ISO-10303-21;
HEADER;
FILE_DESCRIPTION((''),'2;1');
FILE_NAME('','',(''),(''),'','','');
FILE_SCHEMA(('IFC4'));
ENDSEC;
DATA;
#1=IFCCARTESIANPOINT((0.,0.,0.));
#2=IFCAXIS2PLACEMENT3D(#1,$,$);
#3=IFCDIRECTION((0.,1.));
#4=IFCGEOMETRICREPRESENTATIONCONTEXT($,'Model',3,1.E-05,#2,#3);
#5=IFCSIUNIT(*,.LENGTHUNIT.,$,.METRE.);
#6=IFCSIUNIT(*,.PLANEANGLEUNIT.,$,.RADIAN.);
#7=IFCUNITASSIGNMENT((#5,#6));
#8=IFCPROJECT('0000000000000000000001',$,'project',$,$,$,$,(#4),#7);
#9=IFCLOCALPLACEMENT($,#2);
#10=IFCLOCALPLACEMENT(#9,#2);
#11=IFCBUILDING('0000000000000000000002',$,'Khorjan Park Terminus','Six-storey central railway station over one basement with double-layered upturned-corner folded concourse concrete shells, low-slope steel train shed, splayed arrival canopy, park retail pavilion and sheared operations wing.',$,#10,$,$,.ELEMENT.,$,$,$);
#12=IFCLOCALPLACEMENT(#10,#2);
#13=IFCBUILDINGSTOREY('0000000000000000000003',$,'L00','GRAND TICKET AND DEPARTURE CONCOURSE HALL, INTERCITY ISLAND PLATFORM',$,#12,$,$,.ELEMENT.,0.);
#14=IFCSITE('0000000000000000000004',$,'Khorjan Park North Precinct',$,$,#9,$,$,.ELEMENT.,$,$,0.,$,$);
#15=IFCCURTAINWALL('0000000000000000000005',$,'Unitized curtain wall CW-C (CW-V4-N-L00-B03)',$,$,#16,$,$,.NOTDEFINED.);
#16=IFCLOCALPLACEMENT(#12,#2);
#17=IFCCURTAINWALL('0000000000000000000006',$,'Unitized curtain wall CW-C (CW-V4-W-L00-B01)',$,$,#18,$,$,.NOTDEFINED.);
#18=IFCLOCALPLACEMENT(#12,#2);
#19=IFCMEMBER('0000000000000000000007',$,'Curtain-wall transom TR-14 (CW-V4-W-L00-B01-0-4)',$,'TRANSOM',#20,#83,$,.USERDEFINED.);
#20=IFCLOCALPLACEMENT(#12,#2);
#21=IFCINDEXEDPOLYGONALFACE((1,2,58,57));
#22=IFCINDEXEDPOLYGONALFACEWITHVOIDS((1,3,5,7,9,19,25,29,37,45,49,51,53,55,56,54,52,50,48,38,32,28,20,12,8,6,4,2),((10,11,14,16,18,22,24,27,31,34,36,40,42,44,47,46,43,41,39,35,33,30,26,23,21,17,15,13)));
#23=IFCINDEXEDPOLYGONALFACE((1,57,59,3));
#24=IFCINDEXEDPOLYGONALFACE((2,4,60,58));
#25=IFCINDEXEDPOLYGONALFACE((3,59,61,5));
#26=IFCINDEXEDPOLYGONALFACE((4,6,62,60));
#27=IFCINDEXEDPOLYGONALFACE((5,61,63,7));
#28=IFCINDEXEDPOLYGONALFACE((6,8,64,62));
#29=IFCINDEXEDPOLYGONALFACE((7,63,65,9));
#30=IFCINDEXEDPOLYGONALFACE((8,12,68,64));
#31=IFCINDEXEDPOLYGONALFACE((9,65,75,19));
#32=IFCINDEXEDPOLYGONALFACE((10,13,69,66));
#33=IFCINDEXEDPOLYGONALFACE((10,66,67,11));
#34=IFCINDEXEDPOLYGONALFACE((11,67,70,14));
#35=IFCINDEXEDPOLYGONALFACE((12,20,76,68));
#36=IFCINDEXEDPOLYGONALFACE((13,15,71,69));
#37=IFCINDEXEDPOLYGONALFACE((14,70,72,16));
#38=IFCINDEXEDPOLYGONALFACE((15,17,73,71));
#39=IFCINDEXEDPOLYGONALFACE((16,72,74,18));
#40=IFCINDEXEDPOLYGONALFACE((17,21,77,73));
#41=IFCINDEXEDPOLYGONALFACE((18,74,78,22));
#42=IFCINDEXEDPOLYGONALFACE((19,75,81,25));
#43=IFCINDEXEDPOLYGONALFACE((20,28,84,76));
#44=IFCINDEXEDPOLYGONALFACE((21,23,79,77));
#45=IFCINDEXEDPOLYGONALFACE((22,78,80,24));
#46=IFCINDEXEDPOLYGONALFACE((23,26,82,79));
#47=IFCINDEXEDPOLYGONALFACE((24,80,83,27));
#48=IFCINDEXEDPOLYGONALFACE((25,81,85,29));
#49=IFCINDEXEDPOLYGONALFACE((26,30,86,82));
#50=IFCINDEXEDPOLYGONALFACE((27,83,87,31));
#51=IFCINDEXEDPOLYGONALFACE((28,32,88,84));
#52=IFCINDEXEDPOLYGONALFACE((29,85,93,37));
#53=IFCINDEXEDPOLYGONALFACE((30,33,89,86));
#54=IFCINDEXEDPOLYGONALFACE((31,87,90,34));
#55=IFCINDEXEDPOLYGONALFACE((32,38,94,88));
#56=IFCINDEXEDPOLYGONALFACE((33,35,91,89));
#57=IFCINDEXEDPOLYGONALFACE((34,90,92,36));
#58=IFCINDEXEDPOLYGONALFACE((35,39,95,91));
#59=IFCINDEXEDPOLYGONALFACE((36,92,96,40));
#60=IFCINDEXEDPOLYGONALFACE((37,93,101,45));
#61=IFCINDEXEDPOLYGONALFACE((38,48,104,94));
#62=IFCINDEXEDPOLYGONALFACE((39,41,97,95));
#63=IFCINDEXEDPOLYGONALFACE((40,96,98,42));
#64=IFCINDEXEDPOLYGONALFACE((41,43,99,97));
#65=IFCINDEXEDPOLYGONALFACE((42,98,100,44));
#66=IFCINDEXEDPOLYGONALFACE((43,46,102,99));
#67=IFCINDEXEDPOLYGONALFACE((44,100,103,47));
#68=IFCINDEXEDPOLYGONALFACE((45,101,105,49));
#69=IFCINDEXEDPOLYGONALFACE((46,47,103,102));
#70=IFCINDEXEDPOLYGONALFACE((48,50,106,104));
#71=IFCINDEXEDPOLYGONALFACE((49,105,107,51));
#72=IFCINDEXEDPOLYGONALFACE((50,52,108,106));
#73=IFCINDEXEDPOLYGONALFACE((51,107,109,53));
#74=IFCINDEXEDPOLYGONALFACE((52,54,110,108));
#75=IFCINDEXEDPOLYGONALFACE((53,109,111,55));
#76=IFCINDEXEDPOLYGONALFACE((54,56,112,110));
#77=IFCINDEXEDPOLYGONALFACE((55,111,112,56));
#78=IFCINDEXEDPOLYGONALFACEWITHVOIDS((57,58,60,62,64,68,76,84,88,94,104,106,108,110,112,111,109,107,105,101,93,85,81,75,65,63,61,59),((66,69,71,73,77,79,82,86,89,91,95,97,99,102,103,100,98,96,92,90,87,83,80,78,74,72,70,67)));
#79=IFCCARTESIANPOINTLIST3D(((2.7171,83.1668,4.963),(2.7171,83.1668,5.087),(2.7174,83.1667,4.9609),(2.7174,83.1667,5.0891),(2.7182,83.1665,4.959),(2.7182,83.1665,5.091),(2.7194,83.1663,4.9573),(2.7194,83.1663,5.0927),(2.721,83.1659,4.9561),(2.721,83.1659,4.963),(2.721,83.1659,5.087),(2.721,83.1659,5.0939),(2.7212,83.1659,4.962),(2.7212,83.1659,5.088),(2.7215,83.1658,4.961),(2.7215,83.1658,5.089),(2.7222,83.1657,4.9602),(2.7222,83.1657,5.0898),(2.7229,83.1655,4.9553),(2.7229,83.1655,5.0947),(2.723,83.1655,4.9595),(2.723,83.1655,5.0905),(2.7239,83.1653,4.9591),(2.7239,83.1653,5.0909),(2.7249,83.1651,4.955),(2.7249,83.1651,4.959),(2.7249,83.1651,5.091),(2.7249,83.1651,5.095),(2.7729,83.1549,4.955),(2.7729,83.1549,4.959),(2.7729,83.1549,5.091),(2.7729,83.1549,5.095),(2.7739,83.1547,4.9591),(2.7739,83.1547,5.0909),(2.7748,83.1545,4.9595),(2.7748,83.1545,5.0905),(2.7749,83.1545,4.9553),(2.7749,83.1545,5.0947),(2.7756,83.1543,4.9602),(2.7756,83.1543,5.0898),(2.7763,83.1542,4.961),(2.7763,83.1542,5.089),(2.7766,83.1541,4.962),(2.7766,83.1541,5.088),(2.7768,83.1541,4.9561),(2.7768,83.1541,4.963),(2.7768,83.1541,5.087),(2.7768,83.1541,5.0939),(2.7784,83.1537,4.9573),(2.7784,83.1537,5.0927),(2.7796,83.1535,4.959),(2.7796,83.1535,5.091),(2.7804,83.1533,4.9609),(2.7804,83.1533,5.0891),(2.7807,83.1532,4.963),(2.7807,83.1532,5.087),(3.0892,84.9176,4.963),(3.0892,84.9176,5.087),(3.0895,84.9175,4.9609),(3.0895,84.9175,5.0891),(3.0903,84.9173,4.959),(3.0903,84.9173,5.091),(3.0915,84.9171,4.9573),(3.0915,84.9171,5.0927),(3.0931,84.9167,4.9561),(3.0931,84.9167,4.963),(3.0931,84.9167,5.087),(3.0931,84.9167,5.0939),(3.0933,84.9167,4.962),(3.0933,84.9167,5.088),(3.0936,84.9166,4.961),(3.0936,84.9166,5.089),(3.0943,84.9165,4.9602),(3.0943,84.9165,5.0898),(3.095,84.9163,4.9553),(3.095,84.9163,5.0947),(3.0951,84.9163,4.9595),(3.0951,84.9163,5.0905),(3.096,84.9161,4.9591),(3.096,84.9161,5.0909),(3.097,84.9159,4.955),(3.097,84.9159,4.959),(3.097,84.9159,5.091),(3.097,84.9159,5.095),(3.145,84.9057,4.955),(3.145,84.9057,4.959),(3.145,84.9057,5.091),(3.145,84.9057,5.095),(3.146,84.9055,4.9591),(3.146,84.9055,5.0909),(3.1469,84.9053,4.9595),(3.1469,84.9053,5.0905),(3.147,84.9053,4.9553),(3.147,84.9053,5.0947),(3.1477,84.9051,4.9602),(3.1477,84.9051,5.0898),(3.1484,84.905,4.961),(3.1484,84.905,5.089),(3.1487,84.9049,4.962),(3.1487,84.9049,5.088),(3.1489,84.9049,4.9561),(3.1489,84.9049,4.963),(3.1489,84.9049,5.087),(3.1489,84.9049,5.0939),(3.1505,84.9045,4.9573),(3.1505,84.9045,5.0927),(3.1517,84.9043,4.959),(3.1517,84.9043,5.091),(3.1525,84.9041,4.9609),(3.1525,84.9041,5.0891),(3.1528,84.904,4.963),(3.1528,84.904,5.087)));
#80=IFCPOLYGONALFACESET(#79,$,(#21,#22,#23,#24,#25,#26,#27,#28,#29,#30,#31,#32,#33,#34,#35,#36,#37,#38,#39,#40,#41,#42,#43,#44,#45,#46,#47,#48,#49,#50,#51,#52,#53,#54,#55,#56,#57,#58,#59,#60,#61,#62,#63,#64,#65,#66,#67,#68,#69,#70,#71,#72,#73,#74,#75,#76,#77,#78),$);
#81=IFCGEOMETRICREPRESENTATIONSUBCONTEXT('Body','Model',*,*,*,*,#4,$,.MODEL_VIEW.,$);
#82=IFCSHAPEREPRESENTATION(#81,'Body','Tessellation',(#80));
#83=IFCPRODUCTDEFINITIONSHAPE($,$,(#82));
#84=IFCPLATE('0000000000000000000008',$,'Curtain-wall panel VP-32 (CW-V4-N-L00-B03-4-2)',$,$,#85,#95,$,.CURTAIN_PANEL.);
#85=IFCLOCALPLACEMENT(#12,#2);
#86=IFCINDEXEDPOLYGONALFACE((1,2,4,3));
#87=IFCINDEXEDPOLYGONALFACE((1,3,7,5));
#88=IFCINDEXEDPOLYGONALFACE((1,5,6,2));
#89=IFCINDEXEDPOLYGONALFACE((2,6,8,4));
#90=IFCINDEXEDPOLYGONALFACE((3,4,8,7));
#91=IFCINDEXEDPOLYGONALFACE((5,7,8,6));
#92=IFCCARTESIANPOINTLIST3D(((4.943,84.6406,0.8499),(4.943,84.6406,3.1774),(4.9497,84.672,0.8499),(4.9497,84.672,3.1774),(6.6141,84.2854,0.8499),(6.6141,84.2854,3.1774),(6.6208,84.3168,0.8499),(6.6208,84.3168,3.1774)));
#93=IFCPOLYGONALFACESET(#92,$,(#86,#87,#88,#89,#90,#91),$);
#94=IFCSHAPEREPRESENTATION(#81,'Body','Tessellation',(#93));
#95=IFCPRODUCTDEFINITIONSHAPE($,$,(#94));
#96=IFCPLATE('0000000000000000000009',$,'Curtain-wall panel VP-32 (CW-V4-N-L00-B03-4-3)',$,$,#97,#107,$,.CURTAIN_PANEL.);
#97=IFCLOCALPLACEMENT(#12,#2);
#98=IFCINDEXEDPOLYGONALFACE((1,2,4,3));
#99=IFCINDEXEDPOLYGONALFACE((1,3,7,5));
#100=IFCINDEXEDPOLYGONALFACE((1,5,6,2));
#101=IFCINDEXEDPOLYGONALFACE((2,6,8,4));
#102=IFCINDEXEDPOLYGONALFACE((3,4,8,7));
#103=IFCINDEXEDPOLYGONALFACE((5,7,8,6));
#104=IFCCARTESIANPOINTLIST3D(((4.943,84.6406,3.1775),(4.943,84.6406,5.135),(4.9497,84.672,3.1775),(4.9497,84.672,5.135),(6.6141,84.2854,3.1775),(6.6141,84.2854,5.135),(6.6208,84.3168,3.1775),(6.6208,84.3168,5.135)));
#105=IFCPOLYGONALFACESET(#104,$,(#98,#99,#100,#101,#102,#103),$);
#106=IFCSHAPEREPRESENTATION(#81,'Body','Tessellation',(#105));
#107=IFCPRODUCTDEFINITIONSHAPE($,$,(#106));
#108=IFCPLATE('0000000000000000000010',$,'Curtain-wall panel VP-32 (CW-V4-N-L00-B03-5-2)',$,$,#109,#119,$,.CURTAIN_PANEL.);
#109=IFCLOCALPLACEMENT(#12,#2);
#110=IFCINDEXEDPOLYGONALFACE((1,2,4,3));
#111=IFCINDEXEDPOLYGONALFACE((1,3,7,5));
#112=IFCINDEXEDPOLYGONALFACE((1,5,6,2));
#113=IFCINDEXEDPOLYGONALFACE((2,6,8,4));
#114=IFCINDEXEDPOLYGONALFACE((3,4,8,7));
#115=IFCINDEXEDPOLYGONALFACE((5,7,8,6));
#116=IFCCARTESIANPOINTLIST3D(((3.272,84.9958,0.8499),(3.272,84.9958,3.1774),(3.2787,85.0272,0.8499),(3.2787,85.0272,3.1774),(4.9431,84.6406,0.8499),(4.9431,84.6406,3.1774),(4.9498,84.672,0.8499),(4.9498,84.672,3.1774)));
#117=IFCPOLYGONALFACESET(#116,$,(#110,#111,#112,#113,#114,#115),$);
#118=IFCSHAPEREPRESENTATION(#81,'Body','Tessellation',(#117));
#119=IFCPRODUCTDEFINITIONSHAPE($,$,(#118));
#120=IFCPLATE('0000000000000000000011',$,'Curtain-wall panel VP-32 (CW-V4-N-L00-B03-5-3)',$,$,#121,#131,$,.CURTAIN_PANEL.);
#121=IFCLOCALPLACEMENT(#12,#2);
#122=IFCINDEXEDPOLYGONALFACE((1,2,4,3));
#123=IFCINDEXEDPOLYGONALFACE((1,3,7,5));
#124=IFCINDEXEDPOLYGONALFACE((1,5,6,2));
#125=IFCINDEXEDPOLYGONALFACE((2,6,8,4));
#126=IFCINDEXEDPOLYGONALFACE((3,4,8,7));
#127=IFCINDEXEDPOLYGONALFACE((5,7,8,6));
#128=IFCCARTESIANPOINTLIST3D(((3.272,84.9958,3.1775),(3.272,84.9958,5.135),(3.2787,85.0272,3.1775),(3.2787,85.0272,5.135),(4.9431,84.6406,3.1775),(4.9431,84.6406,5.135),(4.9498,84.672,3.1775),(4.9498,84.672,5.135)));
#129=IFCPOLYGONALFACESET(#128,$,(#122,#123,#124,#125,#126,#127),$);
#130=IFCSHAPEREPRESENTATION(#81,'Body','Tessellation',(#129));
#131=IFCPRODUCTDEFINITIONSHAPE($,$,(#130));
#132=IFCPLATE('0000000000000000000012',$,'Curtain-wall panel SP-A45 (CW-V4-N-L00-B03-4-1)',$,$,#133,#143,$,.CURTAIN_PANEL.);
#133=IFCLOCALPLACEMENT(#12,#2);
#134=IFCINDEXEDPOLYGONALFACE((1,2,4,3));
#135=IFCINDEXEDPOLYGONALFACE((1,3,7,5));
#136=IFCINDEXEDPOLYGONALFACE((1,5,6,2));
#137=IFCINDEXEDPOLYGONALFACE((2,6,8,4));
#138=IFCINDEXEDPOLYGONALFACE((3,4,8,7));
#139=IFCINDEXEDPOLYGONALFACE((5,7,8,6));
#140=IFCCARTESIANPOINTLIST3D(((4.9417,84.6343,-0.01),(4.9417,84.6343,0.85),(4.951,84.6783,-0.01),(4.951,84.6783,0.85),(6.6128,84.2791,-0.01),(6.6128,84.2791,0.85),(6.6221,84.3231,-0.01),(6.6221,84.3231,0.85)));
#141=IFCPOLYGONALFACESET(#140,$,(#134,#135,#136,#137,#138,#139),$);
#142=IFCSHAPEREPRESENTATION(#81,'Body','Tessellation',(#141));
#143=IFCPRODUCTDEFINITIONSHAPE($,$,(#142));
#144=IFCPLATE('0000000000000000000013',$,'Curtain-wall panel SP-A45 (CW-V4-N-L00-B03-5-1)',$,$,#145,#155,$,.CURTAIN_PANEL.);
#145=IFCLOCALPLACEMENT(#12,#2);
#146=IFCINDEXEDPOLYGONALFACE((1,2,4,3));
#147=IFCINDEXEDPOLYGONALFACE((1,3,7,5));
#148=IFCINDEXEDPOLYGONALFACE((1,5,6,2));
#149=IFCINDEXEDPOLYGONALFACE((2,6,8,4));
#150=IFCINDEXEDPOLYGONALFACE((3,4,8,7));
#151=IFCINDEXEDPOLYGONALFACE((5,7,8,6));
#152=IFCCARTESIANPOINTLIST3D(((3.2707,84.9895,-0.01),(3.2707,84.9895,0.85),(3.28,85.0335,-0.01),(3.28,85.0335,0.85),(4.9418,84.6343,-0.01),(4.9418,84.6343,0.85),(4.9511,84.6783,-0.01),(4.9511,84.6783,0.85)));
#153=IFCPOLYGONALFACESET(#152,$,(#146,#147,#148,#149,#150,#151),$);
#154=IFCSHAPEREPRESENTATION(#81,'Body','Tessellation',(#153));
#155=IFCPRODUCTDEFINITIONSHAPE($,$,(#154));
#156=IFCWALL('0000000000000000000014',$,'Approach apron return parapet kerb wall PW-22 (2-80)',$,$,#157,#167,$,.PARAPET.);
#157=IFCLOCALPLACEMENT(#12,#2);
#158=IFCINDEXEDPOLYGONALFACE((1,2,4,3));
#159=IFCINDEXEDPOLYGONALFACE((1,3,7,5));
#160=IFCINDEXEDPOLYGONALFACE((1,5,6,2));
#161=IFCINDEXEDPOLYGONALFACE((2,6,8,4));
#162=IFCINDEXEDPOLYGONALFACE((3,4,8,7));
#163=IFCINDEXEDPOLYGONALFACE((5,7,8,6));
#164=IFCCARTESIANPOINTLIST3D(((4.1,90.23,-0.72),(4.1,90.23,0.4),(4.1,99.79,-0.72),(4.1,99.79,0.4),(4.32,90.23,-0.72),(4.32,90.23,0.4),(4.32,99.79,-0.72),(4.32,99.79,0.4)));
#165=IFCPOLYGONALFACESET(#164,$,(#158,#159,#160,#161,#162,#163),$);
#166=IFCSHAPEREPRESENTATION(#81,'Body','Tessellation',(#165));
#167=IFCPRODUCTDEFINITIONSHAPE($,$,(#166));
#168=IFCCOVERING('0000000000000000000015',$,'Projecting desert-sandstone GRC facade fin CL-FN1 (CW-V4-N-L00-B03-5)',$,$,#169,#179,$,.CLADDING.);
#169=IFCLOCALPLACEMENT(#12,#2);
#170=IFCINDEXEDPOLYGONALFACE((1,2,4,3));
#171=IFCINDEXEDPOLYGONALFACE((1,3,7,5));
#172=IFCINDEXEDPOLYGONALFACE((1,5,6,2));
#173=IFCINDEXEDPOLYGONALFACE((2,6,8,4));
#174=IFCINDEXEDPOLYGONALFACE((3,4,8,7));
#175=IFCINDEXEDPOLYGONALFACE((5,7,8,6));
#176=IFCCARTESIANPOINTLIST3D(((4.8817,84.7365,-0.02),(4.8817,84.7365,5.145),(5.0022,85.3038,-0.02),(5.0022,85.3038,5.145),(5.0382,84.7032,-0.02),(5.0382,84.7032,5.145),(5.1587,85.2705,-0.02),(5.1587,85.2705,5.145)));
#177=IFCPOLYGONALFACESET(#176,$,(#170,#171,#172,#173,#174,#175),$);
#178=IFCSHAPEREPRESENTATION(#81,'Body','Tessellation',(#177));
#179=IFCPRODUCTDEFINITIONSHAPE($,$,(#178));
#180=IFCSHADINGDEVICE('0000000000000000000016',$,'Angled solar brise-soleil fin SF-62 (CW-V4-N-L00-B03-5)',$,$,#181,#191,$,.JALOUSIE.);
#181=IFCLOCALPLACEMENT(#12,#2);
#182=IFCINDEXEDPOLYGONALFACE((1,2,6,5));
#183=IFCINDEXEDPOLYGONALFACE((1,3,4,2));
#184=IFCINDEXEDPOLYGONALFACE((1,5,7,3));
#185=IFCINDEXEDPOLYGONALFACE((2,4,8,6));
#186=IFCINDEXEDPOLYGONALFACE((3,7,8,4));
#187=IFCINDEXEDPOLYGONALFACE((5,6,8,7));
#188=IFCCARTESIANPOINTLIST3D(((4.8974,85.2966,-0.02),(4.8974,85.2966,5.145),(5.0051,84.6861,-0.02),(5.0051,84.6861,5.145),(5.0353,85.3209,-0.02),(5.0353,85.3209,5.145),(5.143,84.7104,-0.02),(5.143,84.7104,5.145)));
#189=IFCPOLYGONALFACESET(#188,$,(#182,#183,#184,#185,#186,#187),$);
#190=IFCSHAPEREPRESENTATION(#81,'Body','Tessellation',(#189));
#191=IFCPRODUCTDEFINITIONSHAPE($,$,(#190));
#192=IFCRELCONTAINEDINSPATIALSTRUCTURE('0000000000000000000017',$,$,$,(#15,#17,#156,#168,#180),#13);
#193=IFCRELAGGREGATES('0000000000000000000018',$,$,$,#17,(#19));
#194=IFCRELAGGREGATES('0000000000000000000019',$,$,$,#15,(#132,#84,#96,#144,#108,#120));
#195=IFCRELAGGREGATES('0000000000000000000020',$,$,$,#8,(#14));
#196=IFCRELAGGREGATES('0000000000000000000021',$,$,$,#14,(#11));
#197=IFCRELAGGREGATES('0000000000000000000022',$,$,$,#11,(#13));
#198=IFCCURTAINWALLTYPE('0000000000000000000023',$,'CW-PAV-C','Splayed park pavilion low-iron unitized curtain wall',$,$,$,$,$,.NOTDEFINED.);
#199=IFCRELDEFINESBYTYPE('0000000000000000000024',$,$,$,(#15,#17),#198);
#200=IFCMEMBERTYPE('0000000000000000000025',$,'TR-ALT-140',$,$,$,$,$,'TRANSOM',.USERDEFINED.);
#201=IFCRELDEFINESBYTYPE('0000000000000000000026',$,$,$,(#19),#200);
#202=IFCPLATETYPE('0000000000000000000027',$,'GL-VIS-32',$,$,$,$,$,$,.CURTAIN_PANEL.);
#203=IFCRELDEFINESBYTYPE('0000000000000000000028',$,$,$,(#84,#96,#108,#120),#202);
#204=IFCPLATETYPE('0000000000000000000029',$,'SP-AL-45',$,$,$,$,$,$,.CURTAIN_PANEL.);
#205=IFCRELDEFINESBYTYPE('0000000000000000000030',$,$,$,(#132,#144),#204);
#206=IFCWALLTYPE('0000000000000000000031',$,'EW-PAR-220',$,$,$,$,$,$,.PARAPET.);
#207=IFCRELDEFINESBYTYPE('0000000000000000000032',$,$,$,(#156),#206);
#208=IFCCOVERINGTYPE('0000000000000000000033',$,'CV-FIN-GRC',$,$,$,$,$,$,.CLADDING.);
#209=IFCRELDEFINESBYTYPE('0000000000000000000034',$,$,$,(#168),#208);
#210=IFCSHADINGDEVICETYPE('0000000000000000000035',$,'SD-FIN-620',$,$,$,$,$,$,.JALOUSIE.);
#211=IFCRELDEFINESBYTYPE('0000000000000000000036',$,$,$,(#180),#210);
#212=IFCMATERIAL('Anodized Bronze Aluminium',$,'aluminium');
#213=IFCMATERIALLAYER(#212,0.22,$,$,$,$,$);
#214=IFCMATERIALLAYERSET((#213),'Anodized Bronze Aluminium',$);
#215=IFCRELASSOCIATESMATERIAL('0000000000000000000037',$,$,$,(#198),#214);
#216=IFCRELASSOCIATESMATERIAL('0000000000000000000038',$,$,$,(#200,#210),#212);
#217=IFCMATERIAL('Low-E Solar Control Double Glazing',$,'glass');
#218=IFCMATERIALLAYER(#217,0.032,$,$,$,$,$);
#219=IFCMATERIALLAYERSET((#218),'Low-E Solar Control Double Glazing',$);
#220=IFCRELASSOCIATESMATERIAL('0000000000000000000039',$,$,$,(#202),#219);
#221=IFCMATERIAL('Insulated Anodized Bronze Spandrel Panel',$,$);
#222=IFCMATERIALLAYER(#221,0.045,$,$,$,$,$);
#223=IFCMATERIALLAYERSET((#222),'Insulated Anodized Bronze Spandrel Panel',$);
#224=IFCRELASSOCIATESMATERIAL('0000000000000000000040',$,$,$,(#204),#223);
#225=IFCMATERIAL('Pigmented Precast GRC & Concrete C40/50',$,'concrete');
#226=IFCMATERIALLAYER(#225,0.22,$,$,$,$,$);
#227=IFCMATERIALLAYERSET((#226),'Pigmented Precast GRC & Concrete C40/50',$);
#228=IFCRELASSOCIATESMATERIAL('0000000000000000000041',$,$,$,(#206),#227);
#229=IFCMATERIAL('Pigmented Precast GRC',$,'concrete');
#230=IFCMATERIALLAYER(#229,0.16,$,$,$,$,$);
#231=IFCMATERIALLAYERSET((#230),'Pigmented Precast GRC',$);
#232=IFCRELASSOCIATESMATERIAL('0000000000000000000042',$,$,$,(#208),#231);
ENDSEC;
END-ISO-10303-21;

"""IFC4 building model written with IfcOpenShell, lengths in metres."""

from ifc_helpers import new_model, si_unit, direction, frame, frame_2d, origin, origin_2d, place, context, subcontext, project, spatial, rectangle, hollow_rectangle, extrude, material, layer, layer_set, material_profile, profile_set, type_object, element, aggregate, save


model = new_model("IFC4")

# Units and contexts
model_context = context("Model", 3, precision=1e-05, world=origin(), true_north=direction((0.0, 1.0)))
body_context = subcontext(model_context, "Body", "Model", "MODEL_VIEW")
ifc_project = project(units=[si_unit("LENGTHUNIT", "METRE"), si_unit("PLANEANGLEUNIT", "RADIAN")], contexts=[model_context])

# Site, building, storey
site_placement = place(None, origin())
site = spatial("IfcSite", under=ifc_project, at=site_placement, Name="Khorjan Park North Precinct", CompositionType="ELEMENT", RefElevation=0.0)
building_placement = place(site_placement, origin())
building = spatial("IfcBuilding", under=site, at=building_placement, Name="Khorjan Park Terminus", Description="Six-storey central railway station over one basement with double-layered upturned-corner folded concourse concrete shells, low-slope steel train shed, splayed arrival canopy, park retail pavilion and sheared operations wing.", CompositionType="ELEMENT")
storey_placement = place(building_placement, origin())
storey = spatial("IfcBuildingStorey", under=building, at=storey_placement, Name="L00", Description="GRAND TICKET AND DEPARTURE CONCOURSE HALL, INTERCITY ISLAND PLATFORM", CompositionType="ELEMENT", Elevation=0.0)

# Curtain wall
ifc_material_1 = material(Name="Anodized Bronze Aluminium", Category="aluminium")
ifc_layer_1 = layer(ifc_material_1, 0.22)
ifc_layer_set_1 = layer_set([ifc_layer_1], Name="Anodized Bronze Aluminium")
curtain_wall_type = type_object("IfcCurtainWallType", Name="CW-PAV-C", Description="Splayed park pavilion low-iron unitized curtain wall", PredefinedType="NOTDEFINED", material=ifc_layer_set_1)
curtain_wall_1_placement = place(storey_placement, origin())
curtain_wall_1 = element("IfcCurtainWall", 1, at=curtain_wall_1_placement, inside=storey, type_object=curtain_wall_type, Name="Unitized curtain wall CW-C (CW-V4-N-L00-B03)", PredefinedType="NOTDEFINED")

# Curtain wall
curtain_wall_2_placement = place(storey_placement, origin())
curtain_wall_2 = element("IfcCurtainWall", 2, at=curtain_wall_2_placement, inside=storey, type_object=curtain_wall_type, Name="Unitized curtain wall CW-C (CW-V4-W-L00-B01)", PredefinedType="NOTDEFINED")

# Member
ifc_material_profile_1 = material_profile(ifc_material_1, hollow_rectangle(XDim=0.065, YDim=0.14, WallThickness=0.004, InnerFilletRadius=0.004, OuterFilletRadius=0.008, at=origin_2d()), Name="ALT 65x140x4")
ifc_profile_set_1 = profile_set([ifc_material_profile_1], Name="Anodized Bronze Aluminium")
member_type_1 = type_object("IfcMemberType", Name="TR-ALT-140", ElementType="TRANSOM", PredefinedType="USERDEFINED", material=ifc_profile_set_1)
member_1_placement = place(storey_placement, frame((3.121, 84.9108, 5.025), z_axis=(-0.207888, -0.978153, 0.0), x_axis=(0.978153, -0.207888, 0.0)))
member_1 = element("IfcMember", 3, at=member_1_placement, type_object=member_type_1, Name="Curtain-wall transom TR-14 (CW-V4-W-L00-B01-0-4)", ObjectType="TRANSOM", PredefinedType="USERDEFINED", context=body_context, shape_type="SweptSolid", body=[
    extrude(hollow_rectangle(XDim=0.065, YDim=0.14, WallThickness=0.004, InnerFilletRadius=0.004, OuterFilletRadius=0.008, at=origin_2d()), origin(), (0.0, 0.0, 1.0), 1.7899),
])
aggregate(curtain_wall_2, [member_1])

# Plates
ifc_material_2 = material(Name="Low-E Solar Control Double Glazing", Category="glass")
ifc_layer_2 = layer(ifc_material_2, 0.032)
ifc_layer_set_2 = layer_set([ifc_layer_2], Name="Low-E Solar Control Double Glazing")
plate_type_1 = type_object("IfcPlateType", Name="GL-VIS-32", PredefinedType="CURTAIN_PANEL", material=ifc_layer_set_2)
plate_1_placement = place(storey_placement, frame((5.7819, 84.4787, 0.8499), z_axis=(0.0, 0.0, 1.0), x_axis=(-0.978147, 0.207914, 0.0)))
plate_1 = element("IfcPlate", 4, at=plate_1_placement, type_object=plate_type_1, Name="Curtain-wall panel VP-32 (CW-V4-N-L00-B03-4-2)", PredefinedType="CURTAIN_PANEL", context=body_context, shape_type="SweptSolid", body=[
    extrude(rectangle(XDim=1.7084, YDim=0.032, at=origin_2d()), origin(), (0.0, 0.0, 1.0), 2.3275),
])
plate_2_placement = place(storey_placement, frame((5.7819, 84.4787, 3.1775), z_axis=(0.0, 0.0, 1.0), x_axis=(-0.978147, 0.207914, 0.0)))
plate_2 = element("IfcPlate", 5, at=plate_2_placement, type_object=plate_type_1, Name="Curtain-wall panel VP-32 (CW-V4-N-L00-B03-4-3)", PredefinedType="CURTAIN_PANEL", context=body_context, shape_type="SweptSolid", body=[
    extrude(rectangle(XDim=1.7084, YDim=0.032, at=origin_2d()), origin(), (0.0, 0.0, 1.0), 1.9575),
])
plate_3_placement = place(storey_placement, frame((4.1109, 84.8339, 0.8499), z_axis=(0.0, 0.0, 1.0), x_axis=(-0.978147, 0.207914, 0.0)))
plate_3 = element("IfcPlate", 6, at=plate_3_placement, type_object=plate_type_1, Name="Curtain-wall panel VP-32 (CW-V4-N-L00-B03-5-2)", PredefinedType="CURTAIN_PANEL", context=body_context, shape_type="SweptSolid", body=[
    extrude(rectangle(XDim=1.7084, YDim=0.032, at=origin_2d()), origin(), (0.0, 0.0, 1.0), 2.3275),
])
plate_4_placement = place(storey_placement, frame((4.1109, 84.8339, 3.1775), z_axis=(0.0, 0.0, 1.0), x_axis=(-0.978147, 0.207914, 0.0)))
plate_4 = element("IfcPlate", 7, at=plate_4_placement, type_object=plate_type_1, Name="Curtain-wall panel VP-32 (CW-V4-N-L00-B03-5-3)", PredefinedType="CURTAIN_PANEL", context=body_context, shape_type="SweptSolid", body=[
    extrude(rectangle(XDim=1.7084, YDim=0.032, at=origin_2d()), origin(), (0.0, 0.0, 1.0), 1.9575),
])
ifc_material_3 = material(Name="Insulated Anodized Bronze Spandrel Panel")
ifc_layer_3 = layer(ifc_material_3, 0.045)
ifc_layer_set_3 = layer_set([ifc_layer_3], Name="Insulated Anodized Bronze Spandrel Panel")
plate_type_2 = type_object("IfcPlateType", Name="SP-AL-45", PredefinedType="CURTAIN_PANEL", material=ifc_layer_set_3)
plate_5_placement = place(storey_placement, frame((5.7819, 84.4787, -0.01), z_axis=(0.0, 0.0, 1.0), x_axis=(-0.978147, 0.207914, 0.0)))
plate_5 = element("IfcPlate", 8, at=plate_5_placement, type_object=plate_type_2, Name="Curtain-wall panel SP-A45 (CW-V4-N-L00-B03-4-1)", PredefinedType="CURTAIN_PANEL", context=body_context, shape_type="SweptSolid", body=[
    extrude(rectangle(XDim=1.7084, YDim=0.045, at=origin_2d()), origin(), (0.0, 0.0, 1.0), 0.86),
])
plate_6_placement = place(storey_placement, frame((4.1109, 84.8339, -0.01), z_axis=(0.0, 0.0, 1.0), x_axis=(-0.978147, 0.207914, 0.0)))
plate_6 = element("IfcPlate", 9, at=plate_6_placement, type_object=plate_type_2, Name="Curtain-wall panel SP-A45 (CW-V4-N-L00-B03-5-1)", PredefinedType="CURTAIN_PANEL", context=body_context, shape_type="SweptSolid", body=[
    extrude(rectangle(XDim=1.7084, YDim=0.045, at=origin_2d()), origin(), (0.0, 0.0, 1.0), 0.86),
])
aggregate(curtain_wall_1, [plate_5, plate_1, plate_2, plate_6, plate_3, plate_4])

# Wall
ifc_material_4 = material(Name="Pigmented Precast GRC & Concrete C40/50", Category="concrete")
ifc_layer_4 = layer(ifc_material_4, 0.22)
ifc_layer_set_4 = layer_set([ifc_layer_4], Name="Pigmented Precast GRC & Concrete C40/50")
wall_type = type_object("IfcWallType", Name="EW-PAR-220", PredefinedType="PARAPET", material=ifc_layer_set_4)
wall_placement = place(storey_placement, frame((4.21, 90.23, -0.72), z_axis=(0.0, 0.0, 1.0), x_axis=(0.0, 1.0, 0.0)))
element("IfcWall", 10, at=wall_placement, inside=storey, type_object=wall_type, Name="Approach apron return parapet kerb wall PW-22 (2-80)", PredefinedType="PARAPET", context=body_context, shape_type="SweptSolid", body=[
    extrude(rectangle(XDim=9.56, YDim=0.22, at=frame_2d((4.78, 0.0))), origin(), (0.0, 0.0, 1.0), 1.12),
])

# Covering
ifc_material_5 = material(Name="Pigmented Precast GRC", Category="concrete")
ifc_layer_5 = layer(ifc_material_5, 0.16)
ifc_layer_set_5 = layer_set([ifc_layer_5], Name="Pigmented Precast GRC")
covering_type = type_object("IfcCoveringType", Name="CV-FIN-GRC", PredefinedType="CLADDING", material=ifc_layer_set_5)
covering_placement = place(storey_placement, frame((5.0202, 85.0035, -0.02), z_axis=(0.0, 0.0, 1.0), x_axis=(-0.207912, -0.978148, 0.0)))
element("IfcCovering", 11, at=covering_placement, inside=storey, type_object=covering_type, Name="Projecting desert-sandstone GRC facade fin CL-FN1 (CW-V4-N-L00-B03-5)", PredefinedType="CLADDING", context=body_context, shape_type="SweptSolid", body=[
    extrude(rectangle(XDim=0.58, YDim=0.16, at=origin_2d()), origin(), (0.0, 0.0, 1.0), 5.165),
])

# Shading device
shading_device_type = type_object("IfcShadingDeviceType", Name="SD-FIN-620", PredefinedType="JALOUSIE", material=ifc_material_1)
shading_device_placement = place(storey_placement, frame((5.0202, 85.0035, -0.02), z_axis=(0.0, 0.0, 1.0), x_axis=(0.173648, -0.984808, 0.0)))
element("IfcShadingDevice", 12, at=shading_device_placement, inside=storey, type_object=shading_device_type, Name="Angled solar brise-soleil fin SF-62 (CW-V4-N-L00-B03-5)", PredefinedType="JALOUSIE", context=body_context, shape_type="SweptSolid", body=[
    extrude(rectangle(XDim=0.62, YDim=0.14, at=origin_2d()), origin(), (0.0, 0.0, 1.0), 5.165),
])

save(model, "model.ifc")
